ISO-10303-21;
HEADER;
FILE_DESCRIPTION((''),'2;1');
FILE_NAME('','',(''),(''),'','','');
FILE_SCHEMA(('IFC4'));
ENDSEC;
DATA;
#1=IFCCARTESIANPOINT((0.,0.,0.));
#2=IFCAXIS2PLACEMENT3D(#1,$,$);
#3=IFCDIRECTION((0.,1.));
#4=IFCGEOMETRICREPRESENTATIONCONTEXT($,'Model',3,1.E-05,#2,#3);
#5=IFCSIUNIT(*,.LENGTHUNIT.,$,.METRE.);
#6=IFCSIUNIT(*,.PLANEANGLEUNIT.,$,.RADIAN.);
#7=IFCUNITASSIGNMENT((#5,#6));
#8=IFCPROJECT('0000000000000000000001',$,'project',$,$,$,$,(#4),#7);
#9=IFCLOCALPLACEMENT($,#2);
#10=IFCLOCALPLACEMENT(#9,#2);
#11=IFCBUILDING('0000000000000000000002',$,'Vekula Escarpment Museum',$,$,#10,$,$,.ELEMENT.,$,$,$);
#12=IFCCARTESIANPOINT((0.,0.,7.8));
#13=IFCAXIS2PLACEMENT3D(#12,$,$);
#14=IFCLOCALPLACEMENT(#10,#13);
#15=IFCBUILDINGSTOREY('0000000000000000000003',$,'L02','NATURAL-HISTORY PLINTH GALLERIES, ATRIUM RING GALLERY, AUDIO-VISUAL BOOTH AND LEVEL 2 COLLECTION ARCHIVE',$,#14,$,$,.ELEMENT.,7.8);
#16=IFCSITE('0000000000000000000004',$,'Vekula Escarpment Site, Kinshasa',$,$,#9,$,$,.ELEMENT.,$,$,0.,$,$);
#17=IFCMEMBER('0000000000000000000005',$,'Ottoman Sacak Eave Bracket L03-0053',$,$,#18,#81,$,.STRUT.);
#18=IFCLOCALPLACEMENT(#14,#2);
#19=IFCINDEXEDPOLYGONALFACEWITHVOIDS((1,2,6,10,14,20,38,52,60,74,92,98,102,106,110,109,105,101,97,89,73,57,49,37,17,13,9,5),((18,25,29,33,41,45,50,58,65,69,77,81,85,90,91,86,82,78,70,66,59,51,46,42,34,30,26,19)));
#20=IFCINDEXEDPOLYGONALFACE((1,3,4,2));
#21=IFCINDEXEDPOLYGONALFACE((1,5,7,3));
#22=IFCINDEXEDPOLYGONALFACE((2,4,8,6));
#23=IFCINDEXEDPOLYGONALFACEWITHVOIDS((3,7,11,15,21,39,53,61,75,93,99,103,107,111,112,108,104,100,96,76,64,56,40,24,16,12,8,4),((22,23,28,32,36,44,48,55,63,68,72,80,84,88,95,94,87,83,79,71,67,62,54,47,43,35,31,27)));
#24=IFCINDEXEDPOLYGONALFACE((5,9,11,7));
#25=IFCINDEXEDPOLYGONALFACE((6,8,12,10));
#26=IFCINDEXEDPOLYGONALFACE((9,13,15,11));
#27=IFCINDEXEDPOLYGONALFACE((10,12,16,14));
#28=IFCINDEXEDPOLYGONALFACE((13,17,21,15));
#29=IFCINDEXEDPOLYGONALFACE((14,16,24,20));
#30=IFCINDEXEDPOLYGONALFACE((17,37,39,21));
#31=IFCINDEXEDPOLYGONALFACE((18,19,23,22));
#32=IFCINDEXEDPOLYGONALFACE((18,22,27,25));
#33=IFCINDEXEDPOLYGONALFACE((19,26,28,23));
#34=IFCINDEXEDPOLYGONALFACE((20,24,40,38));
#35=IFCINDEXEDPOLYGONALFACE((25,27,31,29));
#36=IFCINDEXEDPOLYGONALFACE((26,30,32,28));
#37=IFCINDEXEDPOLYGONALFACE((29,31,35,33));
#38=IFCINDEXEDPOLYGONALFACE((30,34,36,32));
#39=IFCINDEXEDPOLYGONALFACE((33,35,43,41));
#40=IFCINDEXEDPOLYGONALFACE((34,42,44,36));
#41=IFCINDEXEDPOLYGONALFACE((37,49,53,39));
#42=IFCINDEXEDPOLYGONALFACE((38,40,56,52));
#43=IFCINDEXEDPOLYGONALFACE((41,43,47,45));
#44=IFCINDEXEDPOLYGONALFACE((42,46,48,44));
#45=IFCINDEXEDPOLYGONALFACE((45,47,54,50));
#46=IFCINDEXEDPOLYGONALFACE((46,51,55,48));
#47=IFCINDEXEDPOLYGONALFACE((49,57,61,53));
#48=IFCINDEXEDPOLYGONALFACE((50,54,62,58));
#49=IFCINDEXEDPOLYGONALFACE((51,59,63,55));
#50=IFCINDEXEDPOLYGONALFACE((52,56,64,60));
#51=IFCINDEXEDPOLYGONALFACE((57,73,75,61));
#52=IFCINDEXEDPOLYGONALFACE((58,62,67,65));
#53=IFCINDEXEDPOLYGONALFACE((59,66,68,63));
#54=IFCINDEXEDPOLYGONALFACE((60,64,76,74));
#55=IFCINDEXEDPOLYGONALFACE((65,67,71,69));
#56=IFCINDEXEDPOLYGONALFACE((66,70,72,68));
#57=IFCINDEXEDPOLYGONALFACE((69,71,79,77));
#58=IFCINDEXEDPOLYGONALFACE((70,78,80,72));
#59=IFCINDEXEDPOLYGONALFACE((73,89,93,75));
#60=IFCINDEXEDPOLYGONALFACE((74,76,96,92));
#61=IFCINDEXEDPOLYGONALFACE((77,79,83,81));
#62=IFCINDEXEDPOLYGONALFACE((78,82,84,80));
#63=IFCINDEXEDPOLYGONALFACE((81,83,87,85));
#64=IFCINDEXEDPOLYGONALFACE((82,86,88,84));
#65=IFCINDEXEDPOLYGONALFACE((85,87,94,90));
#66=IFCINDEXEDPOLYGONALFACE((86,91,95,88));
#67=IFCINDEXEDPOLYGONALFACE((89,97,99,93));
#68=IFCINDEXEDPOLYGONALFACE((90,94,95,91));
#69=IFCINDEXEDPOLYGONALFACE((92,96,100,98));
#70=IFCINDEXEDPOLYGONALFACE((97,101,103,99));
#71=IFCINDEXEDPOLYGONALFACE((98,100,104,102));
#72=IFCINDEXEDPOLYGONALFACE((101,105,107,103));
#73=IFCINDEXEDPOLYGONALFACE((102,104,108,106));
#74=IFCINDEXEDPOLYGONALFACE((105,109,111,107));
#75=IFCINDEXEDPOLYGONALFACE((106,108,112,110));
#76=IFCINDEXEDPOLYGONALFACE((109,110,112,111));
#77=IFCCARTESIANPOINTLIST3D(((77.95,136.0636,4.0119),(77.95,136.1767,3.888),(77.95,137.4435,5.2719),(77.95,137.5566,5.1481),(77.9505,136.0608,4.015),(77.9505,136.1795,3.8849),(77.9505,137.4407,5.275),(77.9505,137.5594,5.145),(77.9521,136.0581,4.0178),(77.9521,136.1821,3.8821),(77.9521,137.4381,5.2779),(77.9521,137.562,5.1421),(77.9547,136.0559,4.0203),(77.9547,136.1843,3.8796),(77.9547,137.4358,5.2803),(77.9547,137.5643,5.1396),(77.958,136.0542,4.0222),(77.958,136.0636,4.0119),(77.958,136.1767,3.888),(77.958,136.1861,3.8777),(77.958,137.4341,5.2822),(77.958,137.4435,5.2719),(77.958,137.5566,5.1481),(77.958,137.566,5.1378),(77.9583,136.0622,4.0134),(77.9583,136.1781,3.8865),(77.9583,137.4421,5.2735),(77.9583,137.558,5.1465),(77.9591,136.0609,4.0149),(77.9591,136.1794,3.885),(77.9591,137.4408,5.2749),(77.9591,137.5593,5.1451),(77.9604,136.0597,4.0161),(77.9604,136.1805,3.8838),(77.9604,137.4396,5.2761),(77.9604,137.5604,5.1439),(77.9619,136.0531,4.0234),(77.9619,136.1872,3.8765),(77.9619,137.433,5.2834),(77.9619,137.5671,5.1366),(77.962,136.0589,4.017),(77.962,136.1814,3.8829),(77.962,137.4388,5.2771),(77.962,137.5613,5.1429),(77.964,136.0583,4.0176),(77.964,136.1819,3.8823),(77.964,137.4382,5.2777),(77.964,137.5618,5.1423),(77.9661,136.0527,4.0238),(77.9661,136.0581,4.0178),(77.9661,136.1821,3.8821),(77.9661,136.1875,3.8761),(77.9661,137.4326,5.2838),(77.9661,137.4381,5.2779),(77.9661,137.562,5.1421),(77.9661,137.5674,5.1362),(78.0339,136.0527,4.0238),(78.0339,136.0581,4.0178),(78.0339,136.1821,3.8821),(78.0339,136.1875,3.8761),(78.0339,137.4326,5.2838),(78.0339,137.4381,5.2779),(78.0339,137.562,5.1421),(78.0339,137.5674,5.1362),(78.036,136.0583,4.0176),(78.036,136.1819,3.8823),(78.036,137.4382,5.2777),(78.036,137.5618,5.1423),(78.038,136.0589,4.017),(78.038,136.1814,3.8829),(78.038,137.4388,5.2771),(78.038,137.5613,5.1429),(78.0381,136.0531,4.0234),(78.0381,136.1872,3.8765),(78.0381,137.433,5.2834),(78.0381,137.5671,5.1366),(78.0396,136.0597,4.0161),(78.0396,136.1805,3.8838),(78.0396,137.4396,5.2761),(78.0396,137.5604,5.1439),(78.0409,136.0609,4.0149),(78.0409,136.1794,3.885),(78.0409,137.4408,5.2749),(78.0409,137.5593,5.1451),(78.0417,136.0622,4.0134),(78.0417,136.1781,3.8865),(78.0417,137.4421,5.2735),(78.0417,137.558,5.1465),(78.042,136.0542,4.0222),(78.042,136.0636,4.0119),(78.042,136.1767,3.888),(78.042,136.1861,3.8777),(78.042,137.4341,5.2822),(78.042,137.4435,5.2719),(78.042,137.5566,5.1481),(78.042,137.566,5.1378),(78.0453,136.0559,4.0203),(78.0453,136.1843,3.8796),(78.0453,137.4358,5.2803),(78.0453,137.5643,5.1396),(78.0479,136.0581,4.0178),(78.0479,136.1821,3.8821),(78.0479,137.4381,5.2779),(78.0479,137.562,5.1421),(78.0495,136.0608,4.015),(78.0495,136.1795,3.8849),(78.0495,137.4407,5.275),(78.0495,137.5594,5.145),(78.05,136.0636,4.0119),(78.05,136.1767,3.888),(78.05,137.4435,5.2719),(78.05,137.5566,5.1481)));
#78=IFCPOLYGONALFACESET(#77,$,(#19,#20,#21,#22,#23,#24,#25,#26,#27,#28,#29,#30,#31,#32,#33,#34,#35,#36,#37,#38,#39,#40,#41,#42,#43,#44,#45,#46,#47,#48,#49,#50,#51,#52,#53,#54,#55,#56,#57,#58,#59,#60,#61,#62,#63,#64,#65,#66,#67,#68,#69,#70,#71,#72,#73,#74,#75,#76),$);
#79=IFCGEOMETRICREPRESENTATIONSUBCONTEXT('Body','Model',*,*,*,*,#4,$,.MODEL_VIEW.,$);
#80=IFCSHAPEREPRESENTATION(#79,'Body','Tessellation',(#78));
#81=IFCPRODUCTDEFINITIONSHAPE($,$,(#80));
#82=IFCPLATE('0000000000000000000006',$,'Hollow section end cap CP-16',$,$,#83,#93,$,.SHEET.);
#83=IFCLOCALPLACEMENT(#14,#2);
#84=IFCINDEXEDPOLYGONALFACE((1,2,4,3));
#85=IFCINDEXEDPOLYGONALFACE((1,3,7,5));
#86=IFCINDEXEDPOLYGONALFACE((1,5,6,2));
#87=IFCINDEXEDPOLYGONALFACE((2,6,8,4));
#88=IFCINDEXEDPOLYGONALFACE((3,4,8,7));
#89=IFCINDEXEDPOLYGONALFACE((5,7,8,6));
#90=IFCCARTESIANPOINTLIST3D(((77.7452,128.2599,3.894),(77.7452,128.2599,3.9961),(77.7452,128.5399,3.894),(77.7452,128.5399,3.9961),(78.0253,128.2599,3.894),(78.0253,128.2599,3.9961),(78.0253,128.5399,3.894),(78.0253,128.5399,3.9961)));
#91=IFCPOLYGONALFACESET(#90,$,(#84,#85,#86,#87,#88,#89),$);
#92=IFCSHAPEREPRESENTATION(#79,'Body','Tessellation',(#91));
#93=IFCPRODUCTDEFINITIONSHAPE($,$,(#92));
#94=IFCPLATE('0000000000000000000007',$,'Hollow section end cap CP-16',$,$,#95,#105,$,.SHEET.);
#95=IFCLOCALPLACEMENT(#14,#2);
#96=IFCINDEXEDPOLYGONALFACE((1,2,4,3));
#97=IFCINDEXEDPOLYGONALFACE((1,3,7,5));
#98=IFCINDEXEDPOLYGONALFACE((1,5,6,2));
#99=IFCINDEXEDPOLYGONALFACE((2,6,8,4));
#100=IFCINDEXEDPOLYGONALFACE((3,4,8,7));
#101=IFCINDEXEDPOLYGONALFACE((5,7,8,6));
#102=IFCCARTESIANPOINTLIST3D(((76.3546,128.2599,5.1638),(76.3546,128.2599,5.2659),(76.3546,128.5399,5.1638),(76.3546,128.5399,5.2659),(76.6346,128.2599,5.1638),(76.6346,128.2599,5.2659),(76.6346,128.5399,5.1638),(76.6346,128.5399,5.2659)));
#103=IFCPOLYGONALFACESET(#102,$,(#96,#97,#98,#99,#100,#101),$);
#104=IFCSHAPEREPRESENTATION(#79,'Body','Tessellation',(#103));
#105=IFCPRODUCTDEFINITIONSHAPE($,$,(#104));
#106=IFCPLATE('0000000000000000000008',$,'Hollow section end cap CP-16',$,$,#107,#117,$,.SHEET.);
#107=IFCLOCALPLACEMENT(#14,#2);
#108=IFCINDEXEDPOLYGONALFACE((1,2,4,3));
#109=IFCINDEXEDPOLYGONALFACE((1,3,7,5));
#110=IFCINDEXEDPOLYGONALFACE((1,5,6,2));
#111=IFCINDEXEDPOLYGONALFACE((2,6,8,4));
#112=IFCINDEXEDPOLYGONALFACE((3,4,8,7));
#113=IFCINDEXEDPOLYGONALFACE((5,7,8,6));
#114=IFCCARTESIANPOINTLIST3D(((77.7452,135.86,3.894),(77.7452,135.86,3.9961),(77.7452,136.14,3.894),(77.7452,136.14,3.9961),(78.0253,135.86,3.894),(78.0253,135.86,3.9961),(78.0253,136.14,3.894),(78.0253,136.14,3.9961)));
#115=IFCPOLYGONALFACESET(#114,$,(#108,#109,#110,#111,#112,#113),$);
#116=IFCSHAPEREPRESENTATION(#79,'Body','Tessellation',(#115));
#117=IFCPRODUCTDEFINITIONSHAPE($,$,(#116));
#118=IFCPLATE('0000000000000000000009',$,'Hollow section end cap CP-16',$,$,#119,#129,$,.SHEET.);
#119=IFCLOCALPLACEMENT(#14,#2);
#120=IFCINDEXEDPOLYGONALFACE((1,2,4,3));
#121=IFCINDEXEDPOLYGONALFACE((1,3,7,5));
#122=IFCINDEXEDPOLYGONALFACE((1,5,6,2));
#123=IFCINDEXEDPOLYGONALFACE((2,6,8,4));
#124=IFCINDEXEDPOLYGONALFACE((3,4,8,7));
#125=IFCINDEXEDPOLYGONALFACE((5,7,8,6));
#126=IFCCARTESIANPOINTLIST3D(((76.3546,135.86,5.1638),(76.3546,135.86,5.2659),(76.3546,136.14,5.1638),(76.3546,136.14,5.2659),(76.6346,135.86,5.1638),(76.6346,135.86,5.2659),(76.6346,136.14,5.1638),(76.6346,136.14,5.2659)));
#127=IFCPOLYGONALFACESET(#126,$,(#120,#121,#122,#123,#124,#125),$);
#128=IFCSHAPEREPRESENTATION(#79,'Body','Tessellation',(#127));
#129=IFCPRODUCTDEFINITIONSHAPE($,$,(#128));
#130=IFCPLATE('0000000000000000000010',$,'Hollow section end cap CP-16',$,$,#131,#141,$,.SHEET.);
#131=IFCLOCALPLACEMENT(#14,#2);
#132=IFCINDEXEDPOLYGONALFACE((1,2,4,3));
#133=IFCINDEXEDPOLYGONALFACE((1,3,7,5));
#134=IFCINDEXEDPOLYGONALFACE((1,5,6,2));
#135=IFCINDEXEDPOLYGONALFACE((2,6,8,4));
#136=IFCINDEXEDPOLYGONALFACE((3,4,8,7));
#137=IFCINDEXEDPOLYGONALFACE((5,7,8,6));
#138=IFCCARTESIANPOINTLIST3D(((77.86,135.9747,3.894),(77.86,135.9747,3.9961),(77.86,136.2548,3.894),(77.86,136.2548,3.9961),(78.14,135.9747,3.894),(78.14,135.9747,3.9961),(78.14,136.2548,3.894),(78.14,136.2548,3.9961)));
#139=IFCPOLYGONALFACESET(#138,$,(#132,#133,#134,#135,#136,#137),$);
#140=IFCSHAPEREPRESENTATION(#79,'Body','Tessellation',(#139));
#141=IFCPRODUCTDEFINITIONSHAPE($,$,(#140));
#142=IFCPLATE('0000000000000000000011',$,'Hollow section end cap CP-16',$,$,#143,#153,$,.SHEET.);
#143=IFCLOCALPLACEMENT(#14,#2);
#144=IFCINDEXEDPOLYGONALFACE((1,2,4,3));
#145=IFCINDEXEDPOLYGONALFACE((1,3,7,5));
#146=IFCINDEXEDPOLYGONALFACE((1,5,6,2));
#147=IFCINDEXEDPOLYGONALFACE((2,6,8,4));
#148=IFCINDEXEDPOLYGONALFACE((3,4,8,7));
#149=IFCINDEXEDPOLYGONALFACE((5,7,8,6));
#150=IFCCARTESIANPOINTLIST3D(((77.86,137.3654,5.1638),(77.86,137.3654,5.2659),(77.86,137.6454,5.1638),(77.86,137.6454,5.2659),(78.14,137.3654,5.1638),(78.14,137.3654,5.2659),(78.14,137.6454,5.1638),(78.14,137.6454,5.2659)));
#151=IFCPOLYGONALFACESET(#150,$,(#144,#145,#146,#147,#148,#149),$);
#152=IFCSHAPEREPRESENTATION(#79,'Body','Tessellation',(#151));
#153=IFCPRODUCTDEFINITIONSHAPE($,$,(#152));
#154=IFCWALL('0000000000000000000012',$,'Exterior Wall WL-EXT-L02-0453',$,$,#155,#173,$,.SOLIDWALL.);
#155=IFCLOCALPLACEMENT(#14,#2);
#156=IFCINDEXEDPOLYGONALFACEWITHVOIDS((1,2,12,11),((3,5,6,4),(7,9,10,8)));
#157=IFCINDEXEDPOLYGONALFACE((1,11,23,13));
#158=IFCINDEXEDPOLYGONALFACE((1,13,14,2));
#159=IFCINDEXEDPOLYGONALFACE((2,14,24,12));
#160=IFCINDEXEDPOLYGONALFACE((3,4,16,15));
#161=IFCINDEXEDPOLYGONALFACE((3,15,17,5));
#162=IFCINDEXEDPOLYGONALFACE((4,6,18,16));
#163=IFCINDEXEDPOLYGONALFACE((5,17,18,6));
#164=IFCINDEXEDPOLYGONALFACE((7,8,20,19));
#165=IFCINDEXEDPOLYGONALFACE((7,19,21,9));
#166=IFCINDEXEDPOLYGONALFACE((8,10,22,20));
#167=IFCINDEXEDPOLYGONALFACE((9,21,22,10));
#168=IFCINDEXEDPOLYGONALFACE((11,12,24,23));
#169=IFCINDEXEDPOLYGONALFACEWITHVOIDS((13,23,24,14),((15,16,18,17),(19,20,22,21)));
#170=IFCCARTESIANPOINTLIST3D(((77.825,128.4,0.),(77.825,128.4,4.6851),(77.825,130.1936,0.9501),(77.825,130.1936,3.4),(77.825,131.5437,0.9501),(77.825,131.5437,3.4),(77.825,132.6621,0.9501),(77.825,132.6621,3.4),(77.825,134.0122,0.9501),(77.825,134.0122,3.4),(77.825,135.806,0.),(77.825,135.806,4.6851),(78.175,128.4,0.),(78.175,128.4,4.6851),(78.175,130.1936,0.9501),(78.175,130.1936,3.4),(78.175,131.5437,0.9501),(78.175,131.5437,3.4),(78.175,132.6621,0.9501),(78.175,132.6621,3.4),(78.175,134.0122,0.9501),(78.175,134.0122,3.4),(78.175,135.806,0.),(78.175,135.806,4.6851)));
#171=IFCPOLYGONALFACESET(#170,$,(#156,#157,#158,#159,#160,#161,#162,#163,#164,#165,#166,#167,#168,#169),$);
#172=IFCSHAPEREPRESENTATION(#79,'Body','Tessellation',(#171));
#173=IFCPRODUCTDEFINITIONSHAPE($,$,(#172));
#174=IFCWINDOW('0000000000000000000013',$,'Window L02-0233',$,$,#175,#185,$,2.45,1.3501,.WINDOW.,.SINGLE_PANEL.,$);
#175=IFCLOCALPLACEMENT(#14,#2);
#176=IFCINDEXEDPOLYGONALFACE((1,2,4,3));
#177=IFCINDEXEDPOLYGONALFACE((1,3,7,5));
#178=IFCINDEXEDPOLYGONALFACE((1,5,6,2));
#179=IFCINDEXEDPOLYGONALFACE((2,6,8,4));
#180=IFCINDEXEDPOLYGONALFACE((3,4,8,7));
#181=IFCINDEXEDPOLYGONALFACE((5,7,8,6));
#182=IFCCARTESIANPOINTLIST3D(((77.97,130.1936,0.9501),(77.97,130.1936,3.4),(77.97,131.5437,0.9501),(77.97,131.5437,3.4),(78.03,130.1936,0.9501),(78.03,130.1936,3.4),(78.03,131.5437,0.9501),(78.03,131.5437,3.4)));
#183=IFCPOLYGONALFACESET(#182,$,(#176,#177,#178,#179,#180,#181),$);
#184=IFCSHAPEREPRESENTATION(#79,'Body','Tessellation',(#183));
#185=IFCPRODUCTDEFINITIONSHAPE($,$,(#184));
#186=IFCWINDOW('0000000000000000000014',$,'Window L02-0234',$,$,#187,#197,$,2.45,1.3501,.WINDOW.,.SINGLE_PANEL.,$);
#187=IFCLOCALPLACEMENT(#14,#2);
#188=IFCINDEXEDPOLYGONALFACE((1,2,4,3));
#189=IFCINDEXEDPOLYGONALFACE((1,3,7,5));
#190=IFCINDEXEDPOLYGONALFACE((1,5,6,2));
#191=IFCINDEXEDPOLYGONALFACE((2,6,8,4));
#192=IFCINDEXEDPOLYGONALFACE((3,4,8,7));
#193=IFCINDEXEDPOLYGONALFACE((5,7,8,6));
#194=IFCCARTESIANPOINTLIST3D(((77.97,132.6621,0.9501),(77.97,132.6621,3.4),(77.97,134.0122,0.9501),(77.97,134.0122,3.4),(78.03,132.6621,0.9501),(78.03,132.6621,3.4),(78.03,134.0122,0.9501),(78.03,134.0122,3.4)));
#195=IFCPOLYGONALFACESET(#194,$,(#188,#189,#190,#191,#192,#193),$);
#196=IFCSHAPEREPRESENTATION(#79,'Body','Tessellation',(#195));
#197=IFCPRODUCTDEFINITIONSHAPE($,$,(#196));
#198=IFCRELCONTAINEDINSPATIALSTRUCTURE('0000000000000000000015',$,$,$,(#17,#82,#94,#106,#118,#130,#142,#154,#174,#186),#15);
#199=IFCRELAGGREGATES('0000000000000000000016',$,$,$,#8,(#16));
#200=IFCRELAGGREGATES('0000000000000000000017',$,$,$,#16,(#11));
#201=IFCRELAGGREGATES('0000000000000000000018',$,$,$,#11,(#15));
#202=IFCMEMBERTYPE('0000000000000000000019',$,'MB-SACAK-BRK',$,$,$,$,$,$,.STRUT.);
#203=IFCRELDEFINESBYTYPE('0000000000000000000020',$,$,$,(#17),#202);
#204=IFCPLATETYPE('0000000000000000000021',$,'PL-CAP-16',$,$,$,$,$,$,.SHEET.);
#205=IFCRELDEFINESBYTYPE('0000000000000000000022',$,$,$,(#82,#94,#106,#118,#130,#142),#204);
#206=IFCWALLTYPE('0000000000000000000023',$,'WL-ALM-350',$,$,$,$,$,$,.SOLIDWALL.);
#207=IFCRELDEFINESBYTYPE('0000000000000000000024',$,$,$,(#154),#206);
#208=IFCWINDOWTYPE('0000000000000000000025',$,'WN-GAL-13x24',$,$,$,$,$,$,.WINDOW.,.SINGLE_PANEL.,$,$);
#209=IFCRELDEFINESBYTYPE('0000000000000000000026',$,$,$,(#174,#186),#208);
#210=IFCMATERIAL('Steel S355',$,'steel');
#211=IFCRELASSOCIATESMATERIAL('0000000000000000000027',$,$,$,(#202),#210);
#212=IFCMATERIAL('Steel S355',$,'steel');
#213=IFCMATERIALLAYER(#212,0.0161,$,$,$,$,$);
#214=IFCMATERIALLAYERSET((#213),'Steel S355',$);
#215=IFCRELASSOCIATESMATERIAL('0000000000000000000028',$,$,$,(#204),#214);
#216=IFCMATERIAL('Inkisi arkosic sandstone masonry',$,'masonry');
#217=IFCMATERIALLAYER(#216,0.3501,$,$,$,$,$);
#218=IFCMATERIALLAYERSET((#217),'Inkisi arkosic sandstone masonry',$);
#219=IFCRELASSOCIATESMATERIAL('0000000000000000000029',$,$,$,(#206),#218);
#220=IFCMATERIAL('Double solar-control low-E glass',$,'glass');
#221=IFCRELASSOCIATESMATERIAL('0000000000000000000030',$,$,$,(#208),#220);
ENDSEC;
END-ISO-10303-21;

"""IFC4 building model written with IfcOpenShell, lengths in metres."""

from ifc_helpers import new_model, si_unit, direction, frame, frame_2d, origin, origin_2d, place, context, subcontext, project, spatial, rectangle, hollow_rectangle, extrude, material, layer, layer_set, material_profile, profile_set, type_object, element, fill, save


model = new_model("IFC4")

# Units and contexts
model_context = context("Model", 3, precision=1e-05, world=origin(), true_north=direction((0.0, 1.0)))
body_context = subcontext(model_context, "Body", "Model", "MODEL_VIEW")
ifc_project = project(units=[si_unit("LENGTHUNIT", "METRE"), si_unit("PLANEANGLEUNIT", "RADIAN")], contexts=[model_context])

# Site, building, storey
site_placement = place(None, origin())
site = spatial("IfcSite", under=ifc_project, at=site_placement, Name="Vekula Escarpment Site, Kinshasa", CompositionType="ELEMENT", RefElevation=0.0)
building_placement = place(site_placement, origin())
building = spatial("IfcBuilding", under=site, at=building_placement, Name="Vekula Escarpment Museum", CompositionType="ELEMENT")
storey_placement = place(building_placement, frame((0.0, 0.0, 7.8)))
storey = spatial("IfcBuildingStorey", under=building, at=storey_placement, Name="L02", Description="NATURAL-HISTORY PLINTH GALLERIES, ATRIUM RING GALLERY, AUDIO-VISUAL BOOTH AND LEVEL 2 COLLECTION ARCHIVE", CompositionType="ELEMENT", Elevation=7.8)

# Member
ifc_material_1 = material(Name="Steel S355", Category="steel")
ifc_material_profile_1 = material_profile(ifc_material_1, hollow_rectangle(XDim=0.1001, YDim=0.2, WallThickness=0.0081, InnerFilletRadius=0.0081, OuterFilletRadius=0.0161, at=origin_2d()), Name="RHS 200x100x8")
ifc_profile_set_1 = profile_set([ifc_material_profile_1], Name="Steel S355")
member_type = type_object("IfcMemberType", Name="MB-SACAK-BRK", PredefinedType="STRUT", material=ifc_profile_set_1)
for number, where, z_axis, x_axis, name in (
    (1, (78.0, 136.1201, 3.95), (0.0, 0.738454, 0.674303), (-1.0, 0.0, 0.0), "Ottoman Sacak Eave Bracket L03-0053"),
):
    element("IfcMember", number, at=place(storey_placement, frame(where, z_axis=z_axis, x_axis=x_axis)), inside=storey, type_object=member_type, Name=name, PredefinedType="STRUT", context=body_context, shape_type="SweptSolid", body=[
        extrude(hollow_rectangle(XDim=0.1001, YDim=0.2, WallThickness=0.0081, InnerFilletRadius=0.0081, OuterFilletRadius=0.0161, at=origin_2d()), origin(), (0.0, 0.0, 1.0), 1.8687),
    ])

# Plates
ifc_material_2 = material(Name="Steel S355", Category="steel")
ifc_layer_1 = layer(ifc_material_2, 0.0161)
ifc_layer_set_1 = layer_set([ifc_layer_1], Name="Steel S355")
plate_type = type_object("IfcPlateType", Name="PL-CAP-16", PredefinedType="SHEET", material=ifc_layer_set_1)
for number, where, z_axis, x_axis, name in (
    (2, (77.8853, 128.3999, 3.894), (0.0, 0.0, 1.0), (1.0, 0.0, 0.0), "Hollow section end cap CP-16"),
    (3, (76.4946, 128.3999, 5.1638), (0.0, 0.0, 1.0), (1.0, 0.0, 0.0), "Hollow section end cap CP-16"),
    (4, (77.8853, 136.0, 3.894), (0.0, 0.0, 1.0), (1.0, 0.0, 0.0), "Hollow section end cap CP-16"),
    (5, (76.4946, 136.0, 5.1638), (0.0, 0.0, 1.0), (1.0, 0.0, 0.0), "Hollow section end cap CP-16"),
    (6, (78.0, 136.1147, 3.894), (0.0, 0.0, 1.0), (1.0, 0.0, 0.0), "Hollow section end cap CP-16"),
    (7, (78.0, 137.5054, 5.1638), (0.0, 0.0, 1.0), (1.0, 0.0, 0.0), "Hollow section end cap CP-16"),
):
    element("IfcPlate", number, at=place(storey_placement, frame(where, z_axis=z_axis, x_axis=x_axis)), inside=storey, type_object=plate_type, Name=name, PredefinedType="SHEET", context=body_context, shape_type="SweptSolid", body=[
        extrude(rectangle(XDim=0.28, YDim=0.28, at=origin_2d()), origin(), (0.0, 0.0, 1.0), 0.1021),
    ])

# Wall, openings, windows
ifc_material_3 = material(Name="Inkisi arkosic sandstone masonry", Category="masonry")
ifc_layer_2 = layer(ifc_material_3, 0.3501)
ifc_layer_set_2 = layer_set([ifc_layer_2], Name="Inkisi arkosic sandstone masonry")
wall_type_1 = type_object("IfcWallType", Name="WL-ALM-350", PredefinedType="SOLIDWALL", material=ifc_layer_set_2)
wall_1_placement = place(storey_placement, frame((78.0, 128.3999, 0.0), z_axis=(0.0, 0.0, 1.0), x_axis=(0.0, 1.0, 0.0)))
wall_1 = element("IfcWall", 8, at=wall_1_placement, inside=storey, type_object=wall_type_1, Name="Exterior Wall WL-EXT-L02-0453", PredefinedType="SOLIDWALL", context=body_context, shape_type="SweptSolid", body=[
    extrude(rectangle(XDim=7.406, YDim=0.3501, at=frame_2d((3.7031, 0.0))), origin(), (0.0, 0.0, 1.0), 4.6851),
])
opening_1_placement = place(wall_1_placement, frame((1.7937, 0.0, 0.95)))
opening_1 = element("IfcOpeningElement", 9, at=opening_1_placement, cuts=wall_1, PredefinedType="OPENING", context=body_context, shape_type="SweptSolid", body=[
    extrude(rectangle(XDim=1.3501, YDim=2.45, at=frame_2d((0.675, 1.2251))), frame((0.0, 0.1851, 0.0), z_axis=(0.0, -1.0, 0.0), x_axis=(1.0, 0.0, 0.0)), (0.0, 0.0, 1.0), 0.3701),
])
opening_2_placement = place(wall_1_placement, frame((4.2622, 0.0, 0.95)))
opening_2 = element("IfcOpeningElement", 10, at=opening_2_placement, cuts=wall_1, PredefinedType="OPENING", context=body_context, shape_type="SweptSolid", body=[
    extrude(rectangle(XDim=1.3501, YDim=2.45, at=frame_2d((0.675, 1.2251))), frame((0.0, 0.1851, 0.0), z_axis=(0.0, -1.0, 0.0), x_axis=(1.0, 0.0, 0.0)), (0.0, 0.0, 1.0), 0.3701),
])
ifc_material_4 = material(Name="Double solar-control low-E glass", Category="glass")
window_type_1 = type_object("IfcWindowType", Name="WN-GAL-13x24", PartitioningType="SINGLE_PANEL", PredefinedType="WINDOW", material=ifc_material_4)
window_1_placement = place(opening_1_placement, origin())
window_1 = element("IfcWindow", 11, at=window_1_placement, inside=storey, type_object=window_type_1, Name="Window L02-0233", OverallHeight=2.45, OverallWidth=1.3501, PartitioningType="SINGLE_PANEL", PredefinedType="WINDOW", context=body_context, shape_type="SweptSolid", body=[
    extrude(rectangle(XDim=1.3501, YDim=2.45, at=frame_2d((0.675, 1.2251))), frame((0.0, 0.03, 0.0), z_axis=(0.0, -1.0, 0.0), x_axis=(1.0, 0.0, 0.0)), (0.0, 0.0, 1.0), 0.0601),
])
fill(opening_1, window_1)
window_2_placement = place(opening_2_placement, origin())
window_2 = element("IfcWindow", 12, at=window_2_placement, inside=storey, type_object=window_type_1, Name="Window L02-0234", OverallHeight=2.45, OverallWidth=1.3501, PartitioningType="SINGLE_PANEL", PredefinedType="WINDOW", context=body_context, shape_type="SweptSolid", body=[
    extrude(rectangle(XDim=1.3501, YDim=2.45, at=frame_2d((0.675, 1.2251))), frame((0.0, 0.03, 0.0), z_axis=(0.0, -1.0, 0.0), x_axis=(1.0, 0.0, 0.0)), (0.0, 0.0, 1.0), 0.0601),
])
fill(opening_2, window_2)

save(model, "model.ifc")
